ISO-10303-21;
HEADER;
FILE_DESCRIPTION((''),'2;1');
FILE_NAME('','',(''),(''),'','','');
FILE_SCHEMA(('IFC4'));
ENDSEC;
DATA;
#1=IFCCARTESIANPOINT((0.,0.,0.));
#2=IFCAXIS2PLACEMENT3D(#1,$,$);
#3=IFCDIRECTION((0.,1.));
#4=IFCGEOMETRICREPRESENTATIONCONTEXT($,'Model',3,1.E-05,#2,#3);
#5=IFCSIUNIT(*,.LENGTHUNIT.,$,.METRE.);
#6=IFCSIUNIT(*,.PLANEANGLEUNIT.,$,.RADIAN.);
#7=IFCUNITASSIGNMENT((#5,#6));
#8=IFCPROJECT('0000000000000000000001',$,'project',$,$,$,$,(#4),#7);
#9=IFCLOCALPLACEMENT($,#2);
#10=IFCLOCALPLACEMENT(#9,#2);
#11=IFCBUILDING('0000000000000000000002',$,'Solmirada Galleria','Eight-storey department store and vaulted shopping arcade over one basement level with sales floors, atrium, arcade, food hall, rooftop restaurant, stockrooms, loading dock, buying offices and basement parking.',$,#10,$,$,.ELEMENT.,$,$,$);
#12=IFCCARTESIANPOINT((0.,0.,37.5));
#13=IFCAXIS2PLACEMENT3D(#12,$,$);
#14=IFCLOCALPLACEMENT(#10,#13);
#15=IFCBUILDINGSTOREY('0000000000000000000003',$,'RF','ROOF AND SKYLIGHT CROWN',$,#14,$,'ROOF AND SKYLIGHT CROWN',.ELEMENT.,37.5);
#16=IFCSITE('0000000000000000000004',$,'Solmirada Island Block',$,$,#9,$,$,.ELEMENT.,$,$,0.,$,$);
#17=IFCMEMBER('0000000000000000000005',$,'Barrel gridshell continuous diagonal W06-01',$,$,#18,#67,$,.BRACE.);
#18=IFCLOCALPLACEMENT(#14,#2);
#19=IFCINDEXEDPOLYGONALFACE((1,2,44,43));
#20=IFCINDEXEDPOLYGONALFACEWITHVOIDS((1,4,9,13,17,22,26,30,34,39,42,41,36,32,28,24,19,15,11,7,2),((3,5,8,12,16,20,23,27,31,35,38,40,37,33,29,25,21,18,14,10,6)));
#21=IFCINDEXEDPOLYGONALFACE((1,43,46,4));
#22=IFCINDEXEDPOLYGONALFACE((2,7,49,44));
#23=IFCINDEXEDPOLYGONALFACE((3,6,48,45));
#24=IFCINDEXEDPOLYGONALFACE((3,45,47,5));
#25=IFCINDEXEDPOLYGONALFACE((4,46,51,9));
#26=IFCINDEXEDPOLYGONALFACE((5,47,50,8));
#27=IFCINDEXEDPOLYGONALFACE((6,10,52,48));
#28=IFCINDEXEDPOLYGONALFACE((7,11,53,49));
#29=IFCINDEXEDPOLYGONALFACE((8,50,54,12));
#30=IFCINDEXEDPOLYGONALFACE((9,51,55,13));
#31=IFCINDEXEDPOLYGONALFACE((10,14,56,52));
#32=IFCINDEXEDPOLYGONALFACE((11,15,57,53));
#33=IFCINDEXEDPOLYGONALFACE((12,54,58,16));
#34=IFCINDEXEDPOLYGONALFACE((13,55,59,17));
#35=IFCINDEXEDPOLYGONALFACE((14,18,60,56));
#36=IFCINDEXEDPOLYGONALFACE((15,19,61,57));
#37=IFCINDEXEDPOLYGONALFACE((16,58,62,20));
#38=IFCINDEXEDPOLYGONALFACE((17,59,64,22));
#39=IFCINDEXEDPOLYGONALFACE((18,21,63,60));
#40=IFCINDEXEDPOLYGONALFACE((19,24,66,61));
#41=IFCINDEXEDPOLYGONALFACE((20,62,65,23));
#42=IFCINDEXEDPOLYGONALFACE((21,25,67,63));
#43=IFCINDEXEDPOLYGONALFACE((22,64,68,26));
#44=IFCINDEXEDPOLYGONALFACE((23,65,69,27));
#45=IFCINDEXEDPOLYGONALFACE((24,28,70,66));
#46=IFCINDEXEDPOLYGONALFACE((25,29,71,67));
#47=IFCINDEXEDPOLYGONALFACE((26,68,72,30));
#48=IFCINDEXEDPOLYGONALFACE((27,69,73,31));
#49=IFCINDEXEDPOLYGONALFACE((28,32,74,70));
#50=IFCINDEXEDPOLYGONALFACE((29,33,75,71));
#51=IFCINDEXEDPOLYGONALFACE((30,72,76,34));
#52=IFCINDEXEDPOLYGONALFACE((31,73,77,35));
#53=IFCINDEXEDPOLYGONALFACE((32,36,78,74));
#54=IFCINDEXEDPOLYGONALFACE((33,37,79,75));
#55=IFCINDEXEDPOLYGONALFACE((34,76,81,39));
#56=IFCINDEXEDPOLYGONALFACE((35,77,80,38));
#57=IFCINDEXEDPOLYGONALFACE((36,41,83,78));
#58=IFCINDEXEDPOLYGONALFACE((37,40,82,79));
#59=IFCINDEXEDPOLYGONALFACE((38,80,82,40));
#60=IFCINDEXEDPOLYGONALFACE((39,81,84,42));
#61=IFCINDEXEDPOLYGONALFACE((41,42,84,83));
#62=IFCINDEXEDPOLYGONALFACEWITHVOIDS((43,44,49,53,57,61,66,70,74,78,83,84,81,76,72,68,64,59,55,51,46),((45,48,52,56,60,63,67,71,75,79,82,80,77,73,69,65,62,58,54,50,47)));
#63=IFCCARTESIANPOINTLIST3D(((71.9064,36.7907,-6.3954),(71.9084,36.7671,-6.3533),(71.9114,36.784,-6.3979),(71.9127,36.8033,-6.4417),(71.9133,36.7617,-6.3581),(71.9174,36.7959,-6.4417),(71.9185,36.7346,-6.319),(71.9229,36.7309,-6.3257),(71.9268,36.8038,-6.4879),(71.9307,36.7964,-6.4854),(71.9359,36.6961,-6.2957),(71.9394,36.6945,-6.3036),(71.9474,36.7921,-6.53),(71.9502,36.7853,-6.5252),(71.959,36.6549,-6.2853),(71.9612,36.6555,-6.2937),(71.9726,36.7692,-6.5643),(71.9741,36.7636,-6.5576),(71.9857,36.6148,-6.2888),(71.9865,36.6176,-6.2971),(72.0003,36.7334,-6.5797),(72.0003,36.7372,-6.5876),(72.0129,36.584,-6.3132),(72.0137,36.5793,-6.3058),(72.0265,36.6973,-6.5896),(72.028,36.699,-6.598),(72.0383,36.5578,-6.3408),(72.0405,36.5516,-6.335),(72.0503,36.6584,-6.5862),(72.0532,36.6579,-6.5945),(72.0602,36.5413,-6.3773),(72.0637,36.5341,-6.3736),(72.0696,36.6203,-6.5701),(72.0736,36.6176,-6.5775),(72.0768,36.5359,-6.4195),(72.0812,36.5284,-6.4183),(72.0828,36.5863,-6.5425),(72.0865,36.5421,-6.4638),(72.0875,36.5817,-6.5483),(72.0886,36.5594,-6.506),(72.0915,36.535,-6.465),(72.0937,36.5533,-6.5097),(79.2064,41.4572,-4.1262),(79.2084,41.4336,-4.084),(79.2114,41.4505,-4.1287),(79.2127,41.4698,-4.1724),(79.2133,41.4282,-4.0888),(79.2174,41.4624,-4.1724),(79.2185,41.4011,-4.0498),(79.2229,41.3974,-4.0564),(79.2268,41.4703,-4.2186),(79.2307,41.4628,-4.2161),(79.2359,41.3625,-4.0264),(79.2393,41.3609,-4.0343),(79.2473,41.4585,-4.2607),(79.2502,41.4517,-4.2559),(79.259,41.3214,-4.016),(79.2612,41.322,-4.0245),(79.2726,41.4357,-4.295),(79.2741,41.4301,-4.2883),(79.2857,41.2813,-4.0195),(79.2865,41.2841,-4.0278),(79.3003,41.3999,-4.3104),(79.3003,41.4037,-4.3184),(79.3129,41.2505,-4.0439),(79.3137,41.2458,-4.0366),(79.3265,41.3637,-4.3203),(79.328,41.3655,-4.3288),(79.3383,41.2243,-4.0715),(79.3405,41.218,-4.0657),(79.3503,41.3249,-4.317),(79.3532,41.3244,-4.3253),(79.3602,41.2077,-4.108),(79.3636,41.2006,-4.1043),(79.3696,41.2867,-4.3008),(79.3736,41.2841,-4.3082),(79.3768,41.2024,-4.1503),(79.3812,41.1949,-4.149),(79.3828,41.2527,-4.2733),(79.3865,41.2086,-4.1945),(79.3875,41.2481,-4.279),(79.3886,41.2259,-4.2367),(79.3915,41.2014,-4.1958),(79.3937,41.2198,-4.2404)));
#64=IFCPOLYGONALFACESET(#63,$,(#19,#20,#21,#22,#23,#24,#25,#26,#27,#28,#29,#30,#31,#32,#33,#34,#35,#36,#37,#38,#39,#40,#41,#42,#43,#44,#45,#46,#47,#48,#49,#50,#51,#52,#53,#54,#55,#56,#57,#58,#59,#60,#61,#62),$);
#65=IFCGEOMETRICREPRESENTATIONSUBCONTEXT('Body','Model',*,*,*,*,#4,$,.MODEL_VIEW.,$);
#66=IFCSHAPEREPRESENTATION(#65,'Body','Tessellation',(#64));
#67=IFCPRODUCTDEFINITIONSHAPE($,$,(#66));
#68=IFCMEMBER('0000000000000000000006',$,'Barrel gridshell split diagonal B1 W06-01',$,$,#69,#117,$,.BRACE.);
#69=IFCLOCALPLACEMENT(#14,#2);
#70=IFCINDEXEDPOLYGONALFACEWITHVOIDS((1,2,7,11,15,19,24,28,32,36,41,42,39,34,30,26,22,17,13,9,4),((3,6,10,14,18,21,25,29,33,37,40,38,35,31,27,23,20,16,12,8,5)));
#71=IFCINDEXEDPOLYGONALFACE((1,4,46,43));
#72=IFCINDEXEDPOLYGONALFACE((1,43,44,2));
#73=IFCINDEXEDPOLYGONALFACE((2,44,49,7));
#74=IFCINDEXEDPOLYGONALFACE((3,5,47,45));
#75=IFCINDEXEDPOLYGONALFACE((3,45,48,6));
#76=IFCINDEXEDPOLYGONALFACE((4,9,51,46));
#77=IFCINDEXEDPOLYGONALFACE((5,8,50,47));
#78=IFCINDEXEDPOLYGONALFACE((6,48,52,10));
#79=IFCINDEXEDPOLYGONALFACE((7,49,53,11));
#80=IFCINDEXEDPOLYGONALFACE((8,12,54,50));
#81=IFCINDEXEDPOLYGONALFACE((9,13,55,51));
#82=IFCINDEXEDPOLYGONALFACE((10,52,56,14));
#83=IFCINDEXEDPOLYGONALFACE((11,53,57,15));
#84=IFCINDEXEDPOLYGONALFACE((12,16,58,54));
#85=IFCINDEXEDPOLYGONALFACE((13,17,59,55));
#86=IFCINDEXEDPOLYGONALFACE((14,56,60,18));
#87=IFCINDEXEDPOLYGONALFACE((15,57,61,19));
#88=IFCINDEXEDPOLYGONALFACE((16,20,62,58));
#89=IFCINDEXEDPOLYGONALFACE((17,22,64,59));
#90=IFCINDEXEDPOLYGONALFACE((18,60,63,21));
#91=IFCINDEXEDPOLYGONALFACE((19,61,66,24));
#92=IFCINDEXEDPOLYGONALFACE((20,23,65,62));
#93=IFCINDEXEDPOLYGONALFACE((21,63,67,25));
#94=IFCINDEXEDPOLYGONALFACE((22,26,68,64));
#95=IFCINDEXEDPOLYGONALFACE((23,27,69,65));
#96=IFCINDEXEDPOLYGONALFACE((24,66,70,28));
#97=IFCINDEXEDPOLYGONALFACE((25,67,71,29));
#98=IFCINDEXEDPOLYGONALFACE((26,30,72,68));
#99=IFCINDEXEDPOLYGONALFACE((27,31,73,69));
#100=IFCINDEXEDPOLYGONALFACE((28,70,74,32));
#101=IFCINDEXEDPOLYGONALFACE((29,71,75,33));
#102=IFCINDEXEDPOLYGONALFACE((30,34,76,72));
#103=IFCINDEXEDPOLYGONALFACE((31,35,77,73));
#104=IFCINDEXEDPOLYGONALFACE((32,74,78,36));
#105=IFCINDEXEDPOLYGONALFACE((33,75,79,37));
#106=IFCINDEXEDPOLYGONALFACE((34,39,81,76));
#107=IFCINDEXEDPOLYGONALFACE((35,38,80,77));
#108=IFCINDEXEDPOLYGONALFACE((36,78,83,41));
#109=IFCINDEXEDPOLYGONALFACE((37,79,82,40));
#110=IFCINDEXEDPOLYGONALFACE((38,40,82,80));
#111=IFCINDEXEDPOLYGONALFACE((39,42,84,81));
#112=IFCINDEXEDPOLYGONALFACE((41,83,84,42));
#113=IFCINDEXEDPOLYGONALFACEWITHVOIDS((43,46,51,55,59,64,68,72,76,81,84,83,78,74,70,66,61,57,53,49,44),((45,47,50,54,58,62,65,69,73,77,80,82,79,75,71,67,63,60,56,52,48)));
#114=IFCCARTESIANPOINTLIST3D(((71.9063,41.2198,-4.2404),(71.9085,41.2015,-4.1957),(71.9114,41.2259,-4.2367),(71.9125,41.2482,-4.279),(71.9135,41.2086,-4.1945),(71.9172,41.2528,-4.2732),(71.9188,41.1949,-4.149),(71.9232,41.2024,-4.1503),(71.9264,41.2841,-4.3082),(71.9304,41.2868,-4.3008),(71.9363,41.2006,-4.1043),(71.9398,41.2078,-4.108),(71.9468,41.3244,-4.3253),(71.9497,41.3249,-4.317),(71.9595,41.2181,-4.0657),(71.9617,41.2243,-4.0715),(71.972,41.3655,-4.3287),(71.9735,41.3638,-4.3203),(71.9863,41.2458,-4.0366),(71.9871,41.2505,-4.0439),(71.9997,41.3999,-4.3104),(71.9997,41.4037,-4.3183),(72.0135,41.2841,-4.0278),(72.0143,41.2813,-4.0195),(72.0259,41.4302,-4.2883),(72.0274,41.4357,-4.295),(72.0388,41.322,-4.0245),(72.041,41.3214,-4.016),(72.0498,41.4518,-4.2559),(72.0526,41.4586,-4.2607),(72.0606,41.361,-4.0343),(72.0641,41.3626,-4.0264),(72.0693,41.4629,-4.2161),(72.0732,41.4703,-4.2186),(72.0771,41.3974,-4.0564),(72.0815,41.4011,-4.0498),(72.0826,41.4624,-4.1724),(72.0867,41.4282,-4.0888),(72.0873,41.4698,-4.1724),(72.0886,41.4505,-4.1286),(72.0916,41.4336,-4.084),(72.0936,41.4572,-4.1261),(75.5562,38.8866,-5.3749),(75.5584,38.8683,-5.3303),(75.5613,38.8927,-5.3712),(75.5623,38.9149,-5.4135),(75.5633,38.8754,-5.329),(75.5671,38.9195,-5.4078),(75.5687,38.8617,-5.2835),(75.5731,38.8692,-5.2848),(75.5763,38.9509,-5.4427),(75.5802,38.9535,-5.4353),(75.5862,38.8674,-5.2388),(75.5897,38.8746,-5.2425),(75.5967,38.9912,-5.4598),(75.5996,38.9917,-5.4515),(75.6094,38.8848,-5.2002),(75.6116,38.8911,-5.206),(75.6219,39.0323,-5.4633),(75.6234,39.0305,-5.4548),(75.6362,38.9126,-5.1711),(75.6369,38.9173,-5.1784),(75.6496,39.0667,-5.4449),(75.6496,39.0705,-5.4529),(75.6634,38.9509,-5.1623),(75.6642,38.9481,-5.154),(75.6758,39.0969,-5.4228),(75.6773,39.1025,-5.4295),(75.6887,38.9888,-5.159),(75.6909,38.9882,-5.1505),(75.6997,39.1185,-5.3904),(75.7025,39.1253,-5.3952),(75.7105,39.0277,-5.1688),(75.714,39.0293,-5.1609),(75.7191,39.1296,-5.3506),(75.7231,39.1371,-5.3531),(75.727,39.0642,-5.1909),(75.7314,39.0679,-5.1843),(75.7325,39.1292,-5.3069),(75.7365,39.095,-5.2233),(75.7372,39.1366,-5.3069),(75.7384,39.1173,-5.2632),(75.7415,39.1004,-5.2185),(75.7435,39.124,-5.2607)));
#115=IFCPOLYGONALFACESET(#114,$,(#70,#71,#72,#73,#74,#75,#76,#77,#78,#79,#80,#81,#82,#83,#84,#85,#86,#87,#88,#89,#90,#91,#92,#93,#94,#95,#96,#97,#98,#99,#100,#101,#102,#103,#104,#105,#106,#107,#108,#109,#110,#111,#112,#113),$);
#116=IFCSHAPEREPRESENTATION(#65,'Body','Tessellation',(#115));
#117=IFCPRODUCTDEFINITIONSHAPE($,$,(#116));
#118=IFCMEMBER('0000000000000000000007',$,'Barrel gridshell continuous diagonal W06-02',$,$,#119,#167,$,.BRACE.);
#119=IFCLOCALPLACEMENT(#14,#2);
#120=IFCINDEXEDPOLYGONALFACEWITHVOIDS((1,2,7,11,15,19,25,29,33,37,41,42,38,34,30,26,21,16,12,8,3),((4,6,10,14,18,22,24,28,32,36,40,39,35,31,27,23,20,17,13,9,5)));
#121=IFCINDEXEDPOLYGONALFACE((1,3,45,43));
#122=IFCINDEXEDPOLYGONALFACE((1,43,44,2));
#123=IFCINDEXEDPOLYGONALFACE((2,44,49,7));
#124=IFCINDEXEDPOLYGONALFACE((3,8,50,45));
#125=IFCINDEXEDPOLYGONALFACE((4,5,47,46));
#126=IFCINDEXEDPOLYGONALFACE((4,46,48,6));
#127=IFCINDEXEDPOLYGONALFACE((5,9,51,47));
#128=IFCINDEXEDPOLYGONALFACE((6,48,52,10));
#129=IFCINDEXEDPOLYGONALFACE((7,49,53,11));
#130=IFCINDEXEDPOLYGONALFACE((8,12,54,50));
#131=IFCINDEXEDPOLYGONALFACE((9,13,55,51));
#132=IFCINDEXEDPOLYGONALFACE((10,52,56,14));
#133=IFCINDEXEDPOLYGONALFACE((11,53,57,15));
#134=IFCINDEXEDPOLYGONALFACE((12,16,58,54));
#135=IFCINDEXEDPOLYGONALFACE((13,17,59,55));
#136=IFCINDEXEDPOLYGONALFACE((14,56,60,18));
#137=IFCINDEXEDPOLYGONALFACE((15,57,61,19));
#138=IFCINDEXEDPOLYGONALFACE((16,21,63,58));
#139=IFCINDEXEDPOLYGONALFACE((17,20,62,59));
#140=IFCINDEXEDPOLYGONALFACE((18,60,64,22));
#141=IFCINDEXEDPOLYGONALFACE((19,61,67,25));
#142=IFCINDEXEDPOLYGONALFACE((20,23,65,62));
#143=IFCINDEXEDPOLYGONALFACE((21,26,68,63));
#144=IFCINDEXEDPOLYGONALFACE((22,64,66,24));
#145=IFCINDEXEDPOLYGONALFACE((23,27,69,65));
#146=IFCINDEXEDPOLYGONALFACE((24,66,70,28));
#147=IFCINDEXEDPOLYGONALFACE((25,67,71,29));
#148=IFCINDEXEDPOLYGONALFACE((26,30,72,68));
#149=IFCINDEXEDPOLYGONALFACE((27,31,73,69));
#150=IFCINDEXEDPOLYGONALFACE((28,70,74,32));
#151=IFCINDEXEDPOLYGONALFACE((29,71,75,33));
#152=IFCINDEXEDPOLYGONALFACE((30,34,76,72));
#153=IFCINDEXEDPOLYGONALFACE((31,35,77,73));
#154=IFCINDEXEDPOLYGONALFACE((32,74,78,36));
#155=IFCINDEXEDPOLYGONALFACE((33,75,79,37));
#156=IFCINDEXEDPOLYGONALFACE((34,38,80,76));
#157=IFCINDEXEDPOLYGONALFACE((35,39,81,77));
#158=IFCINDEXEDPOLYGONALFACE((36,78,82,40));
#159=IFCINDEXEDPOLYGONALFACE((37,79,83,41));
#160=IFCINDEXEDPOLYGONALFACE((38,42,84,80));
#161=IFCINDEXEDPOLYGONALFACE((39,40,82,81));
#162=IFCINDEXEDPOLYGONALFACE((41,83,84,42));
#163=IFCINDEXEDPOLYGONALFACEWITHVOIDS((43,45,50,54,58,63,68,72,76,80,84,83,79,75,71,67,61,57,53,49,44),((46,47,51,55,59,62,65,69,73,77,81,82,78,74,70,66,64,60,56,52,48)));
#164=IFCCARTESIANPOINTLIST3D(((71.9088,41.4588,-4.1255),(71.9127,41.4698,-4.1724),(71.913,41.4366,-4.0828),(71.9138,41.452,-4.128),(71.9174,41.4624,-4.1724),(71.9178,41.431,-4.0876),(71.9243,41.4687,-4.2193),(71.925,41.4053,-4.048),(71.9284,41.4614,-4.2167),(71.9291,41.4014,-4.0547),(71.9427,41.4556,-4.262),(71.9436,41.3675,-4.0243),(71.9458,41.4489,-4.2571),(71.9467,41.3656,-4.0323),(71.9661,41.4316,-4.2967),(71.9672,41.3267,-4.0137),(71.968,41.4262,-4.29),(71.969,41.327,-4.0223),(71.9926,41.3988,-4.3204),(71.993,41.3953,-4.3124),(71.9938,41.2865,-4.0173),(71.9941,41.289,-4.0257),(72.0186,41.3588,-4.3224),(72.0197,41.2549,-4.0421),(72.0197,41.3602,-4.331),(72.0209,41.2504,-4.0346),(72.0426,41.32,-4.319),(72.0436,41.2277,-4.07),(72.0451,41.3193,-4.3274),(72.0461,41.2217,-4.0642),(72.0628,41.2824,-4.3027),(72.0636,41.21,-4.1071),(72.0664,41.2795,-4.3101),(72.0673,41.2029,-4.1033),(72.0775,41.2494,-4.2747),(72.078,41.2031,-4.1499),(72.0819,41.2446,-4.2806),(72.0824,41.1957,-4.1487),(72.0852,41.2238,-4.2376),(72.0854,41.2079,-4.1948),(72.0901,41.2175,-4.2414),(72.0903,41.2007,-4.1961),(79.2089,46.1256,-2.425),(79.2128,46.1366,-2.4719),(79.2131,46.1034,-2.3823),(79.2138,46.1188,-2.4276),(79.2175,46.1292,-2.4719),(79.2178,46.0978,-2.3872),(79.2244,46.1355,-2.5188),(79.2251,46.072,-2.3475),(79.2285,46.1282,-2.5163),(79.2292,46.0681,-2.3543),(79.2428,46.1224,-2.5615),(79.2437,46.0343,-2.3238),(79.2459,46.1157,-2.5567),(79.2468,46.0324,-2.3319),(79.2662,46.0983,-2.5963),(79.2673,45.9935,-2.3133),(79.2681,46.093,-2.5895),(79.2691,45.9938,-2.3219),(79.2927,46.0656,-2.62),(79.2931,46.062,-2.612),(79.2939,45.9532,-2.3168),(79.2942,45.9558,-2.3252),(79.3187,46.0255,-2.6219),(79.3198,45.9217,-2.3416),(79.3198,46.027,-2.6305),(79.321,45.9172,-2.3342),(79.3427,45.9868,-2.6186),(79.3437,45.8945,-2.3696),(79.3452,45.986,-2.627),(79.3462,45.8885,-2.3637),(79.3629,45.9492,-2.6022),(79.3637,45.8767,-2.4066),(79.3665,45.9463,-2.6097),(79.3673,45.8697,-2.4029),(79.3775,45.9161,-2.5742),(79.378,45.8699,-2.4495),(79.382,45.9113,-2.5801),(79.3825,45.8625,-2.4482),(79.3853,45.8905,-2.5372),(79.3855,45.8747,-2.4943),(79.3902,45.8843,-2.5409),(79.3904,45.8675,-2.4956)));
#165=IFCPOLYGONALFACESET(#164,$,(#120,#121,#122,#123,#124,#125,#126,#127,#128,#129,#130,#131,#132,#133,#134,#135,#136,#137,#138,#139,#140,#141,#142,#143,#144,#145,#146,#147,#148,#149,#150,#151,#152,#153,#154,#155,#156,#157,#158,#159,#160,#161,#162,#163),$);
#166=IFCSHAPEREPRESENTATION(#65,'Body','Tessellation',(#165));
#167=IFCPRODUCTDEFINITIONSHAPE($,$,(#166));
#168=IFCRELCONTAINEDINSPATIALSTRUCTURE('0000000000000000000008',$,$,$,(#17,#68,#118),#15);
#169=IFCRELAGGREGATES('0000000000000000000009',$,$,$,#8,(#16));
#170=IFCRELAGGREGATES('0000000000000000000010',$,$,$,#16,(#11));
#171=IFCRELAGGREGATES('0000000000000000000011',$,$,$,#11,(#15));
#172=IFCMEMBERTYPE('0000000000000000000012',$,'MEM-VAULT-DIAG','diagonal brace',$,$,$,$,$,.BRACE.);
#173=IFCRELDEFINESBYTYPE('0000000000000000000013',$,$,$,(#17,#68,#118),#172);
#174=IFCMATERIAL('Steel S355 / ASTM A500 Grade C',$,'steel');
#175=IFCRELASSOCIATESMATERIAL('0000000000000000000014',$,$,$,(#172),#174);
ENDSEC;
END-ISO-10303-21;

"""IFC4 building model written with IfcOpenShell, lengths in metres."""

from ifc_helpers import new_model, si_unit, direction, frame, origin, origin_2d, place, context, subcontext, project, spatial, hollow_circle, extrude, material, material_profile, profile_set, type_object, element, save


model = new_model("IFC4")

# Units and contexts
model_context = context("Model", 3, precision=1e-05, world=origin(), true_north=direction((0.0, 1.0)))
body_context = subcontext(model_context, "Body", "Model", "MODEL_VIEW")
ifc_project = project(units=[si_unit("LENGTHUNIT", "METRE"), si_unit("PLANEANGLEUNIT", "RADIAN")], contexts=[model_context])

# Site, building, storey
site_placement = place(None, origin())
site = spatial("IfcSite", under=ifc_project, at=site_placement, Name="Solmirada Island Block", CompositionType="ELEMENT", RefElevation=0.0)
building_placement = place(site_placement, origin())
building = spatial("IfcBuilding", under=site, at=building_placement, Name="Solmirada Galleria", Description="Eight-storey department store and vaulted shopping arcade over one basement level with sales floors, atrium, arcade, food hall, rooftop restaurant, stockrooms, loading dock, buying offices and basement parking.", CompositionType="ELEMENT")
storey_placement = place(building_placement, frame((0.0, 0.0, 37.5)))
storey = spatial("IfcBuildingStorey", under=building, at=storey_placement, Name="RF", Description="ROOF AND SKYLIGHT CROWN", LongName="ROOF AND SKYLIGHT CROWN", CompositionType="ELEMENT", Elevation=37.5)

# Members
ifc_material_1 = material(Name="Steel S355 / ASTM A500 Grade C", Category="steel")
ifc_material_profile_1 = material_profile(ifc_material_1, hollow_circle(Radius=0.1621, WallThickness=0.0088, at=origin_2d()), Name="HSS12.750X0.375")
ifc_profile_set_1 = profile_set([ifc_material_profile_1], Name="Steel S355 / ASTM A500 Grade C")
member_type_1 = type_object("IfcMemberType", Name="MEM-VAULT-DIAG", Description="diagonal brace", PredefinedType="BRACE", material=ifc_profile_set_1)
member_1_placement = place(storey_placement, frame((72.0, 36.6667, -6.4417), z_axis=(0.815067, 0.521026, 0.253371), x_axis=(-0.538601, 0.842561, 0.0)))
element("IfcMember", 1, at=member_1_placement, inside=storey, type_object=member_type_1, Name="Barrel gridshell continuous diagonal W06-01", PredefinedType="BRACE", context=body_context, shape_type="SweptSolid", body=[
    extrude(hollow_circle(Radius=0.1621, WallThickness=0.0088, at=origin_2d()), origin(), (0.0, 0.0, 1.0), 8.9563),
])
member_2_placement = place(storey_placement, frame((72.0, 41.3333, -4.1724), z_axis=(0.815064, -0.521041, -0.253351), x_axis=(0.538614, 0.842553, 0.0)))
element("IfcMember", 2, at=member_2_placement, inside=storey, type_object=member_type_1, Name="Barrel gridshell split diagonal B1 W06-01", PredefinedType="BRACE", context=body_context, shape_type="SweptSolid", body=[
    extrude(hollow_circle(Radius=0.1621, WallThickness=0.0088, at=origin_2d()), origin(), (0.0, 0.0, 1.0), 4.478),
])
member_3_placement = place(storey_placement, frame((72.0, 41.3333, -4.1724), z_axis=(0.826776, 0.528538, 0.192585), x_axis=(-0.538621, 0.842548, 0.0)))
element("IfcMember", 3, at=member_3_placement, inside=storey, type_object=member_type_1, Name="Barrel gridshell continuous diagonal W06-02", PredefinedType="BRACE", context=body_context, shape_type="SweptSolid", body=[
    extrude(hollow_circle(Radius=0.1621, WallThickness=0.0088, at=origin_2d()), origin(), (0.0, 0.0, 1.0), 8.8296),
])

save(model, "model.ifc")
